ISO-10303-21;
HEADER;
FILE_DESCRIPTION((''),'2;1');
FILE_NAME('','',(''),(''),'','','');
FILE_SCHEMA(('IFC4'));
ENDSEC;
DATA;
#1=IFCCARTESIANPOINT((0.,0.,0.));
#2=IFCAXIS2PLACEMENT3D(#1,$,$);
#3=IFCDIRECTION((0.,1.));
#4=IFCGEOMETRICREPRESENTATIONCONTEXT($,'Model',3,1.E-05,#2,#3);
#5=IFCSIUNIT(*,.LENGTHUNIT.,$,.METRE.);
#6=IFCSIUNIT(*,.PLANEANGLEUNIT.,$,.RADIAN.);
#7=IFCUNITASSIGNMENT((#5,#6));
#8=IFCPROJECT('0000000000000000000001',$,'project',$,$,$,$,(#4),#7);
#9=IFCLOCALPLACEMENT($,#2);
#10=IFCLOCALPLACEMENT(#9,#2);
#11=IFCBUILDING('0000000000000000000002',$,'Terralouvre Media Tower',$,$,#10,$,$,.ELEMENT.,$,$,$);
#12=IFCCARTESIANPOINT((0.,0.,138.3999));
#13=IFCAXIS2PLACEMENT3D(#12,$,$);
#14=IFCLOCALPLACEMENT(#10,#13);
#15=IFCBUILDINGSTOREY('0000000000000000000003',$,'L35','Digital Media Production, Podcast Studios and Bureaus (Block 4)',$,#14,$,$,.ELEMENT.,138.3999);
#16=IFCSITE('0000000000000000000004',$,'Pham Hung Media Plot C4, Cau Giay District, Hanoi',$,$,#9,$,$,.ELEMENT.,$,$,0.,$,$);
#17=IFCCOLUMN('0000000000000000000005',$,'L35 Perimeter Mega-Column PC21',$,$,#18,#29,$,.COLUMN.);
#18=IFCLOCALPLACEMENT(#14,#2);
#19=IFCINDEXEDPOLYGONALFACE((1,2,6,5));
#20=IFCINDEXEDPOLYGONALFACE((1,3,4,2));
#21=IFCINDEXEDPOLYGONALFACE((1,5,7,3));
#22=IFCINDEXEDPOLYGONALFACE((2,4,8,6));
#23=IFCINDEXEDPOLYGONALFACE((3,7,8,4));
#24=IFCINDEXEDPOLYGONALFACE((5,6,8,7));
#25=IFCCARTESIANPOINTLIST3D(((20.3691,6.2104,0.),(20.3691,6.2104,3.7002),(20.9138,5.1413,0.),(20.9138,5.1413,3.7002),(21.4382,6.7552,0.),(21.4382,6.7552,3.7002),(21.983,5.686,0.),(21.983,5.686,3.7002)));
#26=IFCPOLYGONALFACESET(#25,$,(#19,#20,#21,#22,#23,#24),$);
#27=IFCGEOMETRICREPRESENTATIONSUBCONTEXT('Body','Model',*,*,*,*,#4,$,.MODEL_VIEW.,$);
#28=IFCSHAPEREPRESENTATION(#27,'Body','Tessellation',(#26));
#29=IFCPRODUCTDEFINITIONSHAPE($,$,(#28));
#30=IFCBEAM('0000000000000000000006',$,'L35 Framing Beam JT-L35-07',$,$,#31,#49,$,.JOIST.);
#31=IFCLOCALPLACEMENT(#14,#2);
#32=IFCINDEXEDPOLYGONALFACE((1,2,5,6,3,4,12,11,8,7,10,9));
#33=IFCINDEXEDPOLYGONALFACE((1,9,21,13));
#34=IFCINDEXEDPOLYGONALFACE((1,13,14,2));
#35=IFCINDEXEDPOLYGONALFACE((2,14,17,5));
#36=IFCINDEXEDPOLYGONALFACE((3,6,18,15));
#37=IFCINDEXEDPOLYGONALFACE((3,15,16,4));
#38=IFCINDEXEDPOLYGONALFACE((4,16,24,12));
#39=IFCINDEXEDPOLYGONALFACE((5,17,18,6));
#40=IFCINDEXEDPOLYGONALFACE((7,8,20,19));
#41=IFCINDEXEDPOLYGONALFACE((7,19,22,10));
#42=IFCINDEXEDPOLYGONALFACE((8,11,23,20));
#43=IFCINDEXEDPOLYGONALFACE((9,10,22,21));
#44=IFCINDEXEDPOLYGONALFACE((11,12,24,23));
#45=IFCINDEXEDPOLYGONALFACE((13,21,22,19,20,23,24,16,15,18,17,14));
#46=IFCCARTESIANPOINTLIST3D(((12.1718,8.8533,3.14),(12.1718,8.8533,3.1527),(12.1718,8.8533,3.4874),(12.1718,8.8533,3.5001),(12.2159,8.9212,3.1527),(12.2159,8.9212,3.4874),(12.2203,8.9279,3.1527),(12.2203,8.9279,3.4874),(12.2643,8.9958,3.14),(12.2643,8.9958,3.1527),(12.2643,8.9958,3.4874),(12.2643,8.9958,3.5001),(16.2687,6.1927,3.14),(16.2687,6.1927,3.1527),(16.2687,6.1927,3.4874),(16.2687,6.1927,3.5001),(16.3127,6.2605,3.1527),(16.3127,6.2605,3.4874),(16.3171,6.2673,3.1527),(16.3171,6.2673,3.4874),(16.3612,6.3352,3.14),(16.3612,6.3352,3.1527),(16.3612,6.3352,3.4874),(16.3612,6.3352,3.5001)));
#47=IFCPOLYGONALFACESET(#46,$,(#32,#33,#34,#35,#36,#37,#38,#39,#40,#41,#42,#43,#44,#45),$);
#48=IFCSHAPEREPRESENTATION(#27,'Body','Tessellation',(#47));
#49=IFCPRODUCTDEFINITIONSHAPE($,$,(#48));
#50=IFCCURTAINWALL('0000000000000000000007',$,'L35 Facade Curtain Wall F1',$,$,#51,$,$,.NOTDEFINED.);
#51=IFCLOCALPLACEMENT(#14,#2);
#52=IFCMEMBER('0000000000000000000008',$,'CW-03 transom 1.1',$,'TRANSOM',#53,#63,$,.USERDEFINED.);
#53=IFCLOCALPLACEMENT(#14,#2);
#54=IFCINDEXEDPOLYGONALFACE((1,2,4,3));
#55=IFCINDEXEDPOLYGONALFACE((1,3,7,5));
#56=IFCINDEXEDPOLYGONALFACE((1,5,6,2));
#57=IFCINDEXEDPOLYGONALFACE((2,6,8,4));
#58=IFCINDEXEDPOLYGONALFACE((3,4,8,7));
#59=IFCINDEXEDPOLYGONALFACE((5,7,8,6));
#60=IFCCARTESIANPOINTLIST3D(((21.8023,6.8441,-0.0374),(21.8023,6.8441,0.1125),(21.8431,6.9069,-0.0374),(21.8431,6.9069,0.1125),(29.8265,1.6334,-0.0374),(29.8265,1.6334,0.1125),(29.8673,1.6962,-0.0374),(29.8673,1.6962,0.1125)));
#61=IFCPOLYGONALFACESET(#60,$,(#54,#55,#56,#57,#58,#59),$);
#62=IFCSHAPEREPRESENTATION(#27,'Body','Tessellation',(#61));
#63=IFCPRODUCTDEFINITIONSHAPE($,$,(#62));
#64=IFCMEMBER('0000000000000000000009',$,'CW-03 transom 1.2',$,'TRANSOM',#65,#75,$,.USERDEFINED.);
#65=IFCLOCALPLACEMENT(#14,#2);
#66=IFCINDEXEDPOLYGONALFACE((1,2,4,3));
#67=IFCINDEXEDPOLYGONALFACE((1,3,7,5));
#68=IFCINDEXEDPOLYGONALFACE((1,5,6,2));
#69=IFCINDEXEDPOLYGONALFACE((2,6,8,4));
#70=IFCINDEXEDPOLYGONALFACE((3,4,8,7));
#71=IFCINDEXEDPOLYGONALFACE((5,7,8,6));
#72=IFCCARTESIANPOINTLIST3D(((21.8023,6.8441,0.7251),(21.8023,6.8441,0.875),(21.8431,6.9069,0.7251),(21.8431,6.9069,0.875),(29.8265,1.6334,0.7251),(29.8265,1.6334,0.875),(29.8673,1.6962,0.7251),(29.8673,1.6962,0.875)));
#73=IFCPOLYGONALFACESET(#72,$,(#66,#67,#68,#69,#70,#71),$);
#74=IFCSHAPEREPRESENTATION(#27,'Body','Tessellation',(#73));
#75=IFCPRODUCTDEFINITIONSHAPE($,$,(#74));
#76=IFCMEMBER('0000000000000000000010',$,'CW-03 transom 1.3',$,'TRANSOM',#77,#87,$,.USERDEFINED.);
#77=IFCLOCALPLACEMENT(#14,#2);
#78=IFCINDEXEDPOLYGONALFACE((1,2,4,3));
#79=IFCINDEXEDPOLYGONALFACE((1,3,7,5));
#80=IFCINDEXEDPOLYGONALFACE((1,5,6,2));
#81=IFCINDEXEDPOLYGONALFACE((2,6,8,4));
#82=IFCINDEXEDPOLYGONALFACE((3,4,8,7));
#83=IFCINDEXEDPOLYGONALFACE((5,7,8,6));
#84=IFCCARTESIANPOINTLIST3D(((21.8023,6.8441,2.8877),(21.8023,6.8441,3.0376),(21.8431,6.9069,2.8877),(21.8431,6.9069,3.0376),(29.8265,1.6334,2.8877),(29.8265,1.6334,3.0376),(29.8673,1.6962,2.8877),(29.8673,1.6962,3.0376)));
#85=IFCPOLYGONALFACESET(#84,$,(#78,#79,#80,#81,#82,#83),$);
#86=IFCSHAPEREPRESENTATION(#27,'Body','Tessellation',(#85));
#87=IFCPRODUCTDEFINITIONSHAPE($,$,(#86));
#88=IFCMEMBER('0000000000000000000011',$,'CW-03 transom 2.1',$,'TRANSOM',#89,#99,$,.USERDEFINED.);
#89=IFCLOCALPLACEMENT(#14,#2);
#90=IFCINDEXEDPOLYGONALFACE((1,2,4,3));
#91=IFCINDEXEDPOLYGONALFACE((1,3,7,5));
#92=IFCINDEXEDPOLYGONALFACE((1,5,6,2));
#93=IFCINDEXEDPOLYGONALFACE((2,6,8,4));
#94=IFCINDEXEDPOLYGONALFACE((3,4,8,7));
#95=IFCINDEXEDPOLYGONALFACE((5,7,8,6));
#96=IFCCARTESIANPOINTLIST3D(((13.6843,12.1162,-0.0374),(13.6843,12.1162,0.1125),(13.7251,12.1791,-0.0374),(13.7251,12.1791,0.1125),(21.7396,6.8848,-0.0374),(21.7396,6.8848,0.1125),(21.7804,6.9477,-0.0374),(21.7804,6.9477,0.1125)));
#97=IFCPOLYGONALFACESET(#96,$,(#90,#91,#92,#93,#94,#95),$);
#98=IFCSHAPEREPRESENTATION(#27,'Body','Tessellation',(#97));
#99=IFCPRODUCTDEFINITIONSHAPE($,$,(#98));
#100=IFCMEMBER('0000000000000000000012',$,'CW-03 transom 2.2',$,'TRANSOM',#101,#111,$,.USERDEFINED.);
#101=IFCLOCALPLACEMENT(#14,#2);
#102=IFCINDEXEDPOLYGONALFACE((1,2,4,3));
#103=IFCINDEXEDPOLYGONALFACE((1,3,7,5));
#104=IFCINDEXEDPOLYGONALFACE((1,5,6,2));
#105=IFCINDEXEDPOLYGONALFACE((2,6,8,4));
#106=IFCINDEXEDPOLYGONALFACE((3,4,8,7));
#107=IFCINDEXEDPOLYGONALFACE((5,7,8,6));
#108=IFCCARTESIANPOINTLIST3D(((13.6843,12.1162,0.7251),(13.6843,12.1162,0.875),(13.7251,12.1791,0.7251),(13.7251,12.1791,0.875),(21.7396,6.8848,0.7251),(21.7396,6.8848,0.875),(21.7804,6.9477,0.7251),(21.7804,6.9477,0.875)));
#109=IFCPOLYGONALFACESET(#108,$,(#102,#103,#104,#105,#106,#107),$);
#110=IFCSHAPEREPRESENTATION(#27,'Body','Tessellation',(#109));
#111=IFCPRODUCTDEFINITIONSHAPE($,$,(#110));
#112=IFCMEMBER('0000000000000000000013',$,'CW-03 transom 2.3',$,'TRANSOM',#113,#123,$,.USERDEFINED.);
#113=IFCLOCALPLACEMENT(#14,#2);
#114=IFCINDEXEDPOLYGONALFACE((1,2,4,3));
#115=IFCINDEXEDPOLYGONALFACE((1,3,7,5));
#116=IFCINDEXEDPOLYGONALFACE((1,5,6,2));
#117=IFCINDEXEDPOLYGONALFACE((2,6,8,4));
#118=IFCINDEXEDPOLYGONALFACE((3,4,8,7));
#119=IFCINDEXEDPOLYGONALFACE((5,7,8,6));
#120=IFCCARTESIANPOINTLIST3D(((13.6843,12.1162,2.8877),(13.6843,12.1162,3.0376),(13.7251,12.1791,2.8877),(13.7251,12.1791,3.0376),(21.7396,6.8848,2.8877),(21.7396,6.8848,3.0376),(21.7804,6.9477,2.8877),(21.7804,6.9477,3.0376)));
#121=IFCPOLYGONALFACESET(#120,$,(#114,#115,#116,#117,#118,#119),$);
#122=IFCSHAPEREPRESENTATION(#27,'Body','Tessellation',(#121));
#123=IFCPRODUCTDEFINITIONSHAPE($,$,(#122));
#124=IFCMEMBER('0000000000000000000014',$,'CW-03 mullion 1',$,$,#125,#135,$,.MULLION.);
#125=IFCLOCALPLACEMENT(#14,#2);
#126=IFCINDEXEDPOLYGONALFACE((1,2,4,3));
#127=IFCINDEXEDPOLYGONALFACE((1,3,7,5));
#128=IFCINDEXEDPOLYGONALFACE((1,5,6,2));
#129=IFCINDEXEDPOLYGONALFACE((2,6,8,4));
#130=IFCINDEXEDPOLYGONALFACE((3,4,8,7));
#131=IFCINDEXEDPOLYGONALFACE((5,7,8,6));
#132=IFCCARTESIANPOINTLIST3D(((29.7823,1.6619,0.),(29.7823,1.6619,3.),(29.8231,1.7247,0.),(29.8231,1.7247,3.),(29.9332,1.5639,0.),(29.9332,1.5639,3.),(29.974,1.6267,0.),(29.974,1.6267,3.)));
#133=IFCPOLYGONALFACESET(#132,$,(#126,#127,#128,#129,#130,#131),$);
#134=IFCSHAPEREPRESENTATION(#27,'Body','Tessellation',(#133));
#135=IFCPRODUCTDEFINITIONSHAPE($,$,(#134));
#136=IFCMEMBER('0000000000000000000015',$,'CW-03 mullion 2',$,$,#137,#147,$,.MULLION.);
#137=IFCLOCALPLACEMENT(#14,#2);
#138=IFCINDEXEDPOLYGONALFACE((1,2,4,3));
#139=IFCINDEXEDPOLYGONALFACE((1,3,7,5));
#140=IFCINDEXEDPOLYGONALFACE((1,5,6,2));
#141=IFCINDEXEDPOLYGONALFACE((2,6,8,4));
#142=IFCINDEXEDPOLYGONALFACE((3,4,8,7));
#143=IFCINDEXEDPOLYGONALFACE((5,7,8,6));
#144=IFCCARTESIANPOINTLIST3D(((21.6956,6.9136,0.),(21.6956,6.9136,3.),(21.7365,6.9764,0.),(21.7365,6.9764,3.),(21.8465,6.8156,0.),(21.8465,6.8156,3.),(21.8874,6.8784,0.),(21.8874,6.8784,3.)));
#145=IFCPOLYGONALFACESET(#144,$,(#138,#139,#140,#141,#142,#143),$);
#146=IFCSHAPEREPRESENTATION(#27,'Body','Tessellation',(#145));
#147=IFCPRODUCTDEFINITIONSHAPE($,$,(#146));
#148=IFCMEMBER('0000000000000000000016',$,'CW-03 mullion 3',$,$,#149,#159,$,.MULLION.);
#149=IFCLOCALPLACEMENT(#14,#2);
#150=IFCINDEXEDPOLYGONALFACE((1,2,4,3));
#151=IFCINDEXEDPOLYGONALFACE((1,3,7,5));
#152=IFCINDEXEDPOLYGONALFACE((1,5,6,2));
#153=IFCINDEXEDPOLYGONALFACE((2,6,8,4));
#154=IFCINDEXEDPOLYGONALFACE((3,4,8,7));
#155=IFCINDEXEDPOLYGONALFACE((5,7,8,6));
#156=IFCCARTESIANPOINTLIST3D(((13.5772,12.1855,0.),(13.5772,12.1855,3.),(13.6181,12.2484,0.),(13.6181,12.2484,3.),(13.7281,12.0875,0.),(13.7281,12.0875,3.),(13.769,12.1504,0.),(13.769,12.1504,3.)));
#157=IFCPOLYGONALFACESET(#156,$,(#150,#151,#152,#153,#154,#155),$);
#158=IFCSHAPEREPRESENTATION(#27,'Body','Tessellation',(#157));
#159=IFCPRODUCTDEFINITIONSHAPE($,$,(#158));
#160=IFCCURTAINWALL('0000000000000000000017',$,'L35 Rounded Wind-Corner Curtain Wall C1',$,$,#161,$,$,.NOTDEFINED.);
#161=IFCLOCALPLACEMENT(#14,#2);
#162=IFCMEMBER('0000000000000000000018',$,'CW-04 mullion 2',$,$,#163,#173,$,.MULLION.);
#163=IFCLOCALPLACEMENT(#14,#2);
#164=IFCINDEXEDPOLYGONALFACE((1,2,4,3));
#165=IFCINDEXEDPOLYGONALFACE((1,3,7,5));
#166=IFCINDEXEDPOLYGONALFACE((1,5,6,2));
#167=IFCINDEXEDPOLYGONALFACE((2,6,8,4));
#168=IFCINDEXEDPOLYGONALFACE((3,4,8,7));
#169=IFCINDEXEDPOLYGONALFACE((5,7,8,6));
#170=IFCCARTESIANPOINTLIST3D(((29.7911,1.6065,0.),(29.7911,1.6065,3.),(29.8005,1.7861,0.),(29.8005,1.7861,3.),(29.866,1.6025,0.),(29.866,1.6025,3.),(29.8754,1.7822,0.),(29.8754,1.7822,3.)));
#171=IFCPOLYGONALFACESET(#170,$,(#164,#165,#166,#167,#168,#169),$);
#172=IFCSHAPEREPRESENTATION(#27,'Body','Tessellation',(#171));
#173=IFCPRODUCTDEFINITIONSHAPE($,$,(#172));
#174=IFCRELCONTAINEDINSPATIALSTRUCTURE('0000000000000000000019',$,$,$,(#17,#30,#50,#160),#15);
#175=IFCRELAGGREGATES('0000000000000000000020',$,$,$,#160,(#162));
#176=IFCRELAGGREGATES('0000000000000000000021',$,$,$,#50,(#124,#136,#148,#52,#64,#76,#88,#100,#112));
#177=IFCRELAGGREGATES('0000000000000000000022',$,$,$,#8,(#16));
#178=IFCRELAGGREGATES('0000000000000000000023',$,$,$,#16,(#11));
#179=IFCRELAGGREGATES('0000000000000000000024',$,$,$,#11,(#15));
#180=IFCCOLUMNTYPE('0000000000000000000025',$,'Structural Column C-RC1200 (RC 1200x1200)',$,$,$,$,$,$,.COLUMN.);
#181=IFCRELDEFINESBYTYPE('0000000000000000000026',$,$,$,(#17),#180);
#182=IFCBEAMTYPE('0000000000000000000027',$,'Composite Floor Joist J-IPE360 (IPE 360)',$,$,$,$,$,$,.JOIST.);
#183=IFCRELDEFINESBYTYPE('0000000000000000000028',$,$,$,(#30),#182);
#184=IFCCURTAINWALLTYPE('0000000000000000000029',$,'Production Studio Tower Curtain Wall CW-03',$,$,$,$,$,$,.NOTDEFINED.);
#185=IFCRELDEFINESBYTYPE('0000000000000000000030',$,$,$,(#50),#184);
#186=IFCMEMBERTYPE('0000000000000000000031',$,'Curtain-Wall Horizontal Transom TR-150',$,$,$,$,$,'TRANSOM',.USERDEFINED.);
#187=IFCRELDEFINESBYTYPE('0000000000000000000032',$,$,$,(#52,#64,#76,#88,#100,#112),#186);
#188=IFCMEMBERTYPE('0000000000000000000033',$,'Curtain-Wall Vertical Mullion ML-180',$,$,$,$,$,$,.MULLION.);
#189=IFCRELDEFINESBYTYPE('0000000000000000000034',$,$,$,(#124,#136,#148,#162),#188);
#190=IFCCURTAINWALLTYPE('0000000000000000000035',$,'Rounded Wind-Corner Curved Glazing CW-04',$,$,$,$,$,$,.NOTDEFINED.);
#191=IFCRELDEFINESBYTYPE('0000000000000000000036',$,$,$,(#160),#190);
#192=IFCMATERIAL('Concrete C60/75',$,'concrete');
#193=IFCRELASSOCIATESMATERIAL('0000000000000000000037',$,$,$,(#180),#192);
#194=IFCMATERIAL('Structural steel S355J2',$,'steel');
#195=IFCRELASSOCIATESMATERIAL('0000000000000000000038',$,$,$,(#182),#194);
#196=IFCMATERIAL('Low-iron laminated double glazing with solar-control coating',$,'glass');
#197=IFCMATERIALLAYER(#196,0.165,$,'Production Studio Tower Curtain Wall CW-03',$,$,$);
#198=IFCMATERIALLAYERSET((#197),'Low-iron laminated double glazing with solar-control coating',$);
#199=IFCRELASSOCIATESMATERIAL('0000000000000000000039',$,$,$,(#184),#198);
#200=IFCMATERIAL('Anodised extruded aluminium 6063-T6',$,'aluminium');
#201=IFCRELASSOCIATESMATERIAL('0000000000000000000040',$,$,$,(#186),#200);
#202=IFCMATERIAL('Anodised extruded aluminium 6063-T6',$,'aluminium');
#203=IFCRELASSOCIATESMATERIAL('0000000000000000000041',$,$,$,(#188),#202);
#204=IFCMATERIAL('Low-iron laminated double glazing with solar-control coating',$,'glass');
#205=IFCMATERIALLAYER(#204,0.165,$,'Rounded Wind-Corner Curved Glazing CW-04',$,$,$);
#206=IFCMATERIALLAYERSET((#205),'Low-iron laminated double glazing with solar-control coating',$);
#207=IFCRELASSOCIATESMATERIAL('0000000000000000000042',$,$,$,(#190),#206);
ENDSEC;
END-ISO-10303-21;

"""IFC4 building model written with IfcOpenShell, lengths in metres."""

from ifc_helpers import new_model, si_unit, direction, frame, origin, origin_2d, place, context, subcontext, project, spatial, rectangle, i_section, extrude, material, layer, layer_set, material_profile, profile_set, type_object, element, aggregate, save


model = new_model("IFC4")

# Units and contexts
model_context = context("Model", 3, precision=1e-05, world=origin(), true_north=direction((0.0, 1.0)))
body_context = subcontext(model_context, "Body", "Model", "MODEL_VIEW")
ifc_project = project(units=[si_unit("LENGTHUNIT", "METRE"), si_unit("PLANEANGLEUNIT", "RADIAN")], contexts=[model_context])

# Site, building, storey
site_placement = place(None, origin())
site = spatial("IfcSite", under=ifc_project, at=site_placement, Name="Pham Hung Media Plot C4, Cau Giay District, Hanoi", CompositionType="ELEMENT", RefElevation=0.0)
building_placement = place(site_placement, origin())
building = spatial("IfcBuilding", under=site, at=building_placement, Name="Terralouvre Media Tower", CompositionType="ELEMENT")
storey_placement = place(building_placement, frame((0.0, 0.0, 138.3999)))
storey = spatial("IfcBuildingStorey", under=building, at=storey_placement, Name="L35", Description="Digital Media Production, Podcast Studios and Bureaus (Block 4)", CompositionType="ELEMENT", Elevation=138.3999)

# Column
ifc_material_1 = material(Name="Concrete C60/75", Category="concrete")
ifc_material_profile_1 = material_profile(ifc_material_1, rectangle(XDim=1.2, YDim=1.2, at=origin_2d()), Name="RC 1200x1200")
ifc_profile_set_1 = profile_set([ifc_material_profile_1], Name="Concrete C60/75")
column_type = type_object("IfcColumnType", Name="Structural Column C-RC1200 (RC 1200x1200)", PredefinedType="COLUMN", material=ifc_profile_set_1)
column_placement = place(storey_placement, frame((21.176, 5.9482, 0.0), z_axis=(0.0, 0.0, 1.0), x_axis=(0.891007, 0.45399, 0.0)))
element("IfcColumn", 1, at=column_placement, inside=storey, type_object=column_type, Name="L35 Perimeter Mega-Column PC21", PredefinedType="COLUMN", context=body_context, shape_type="SweptSolid", body=[
    extrude(rectangle(XDim=1.2, YDim=1.2, at=origin_2d()), origin(), (0.0, 0.0, 1.0), 3.7002),
])

# Beam
ifc_material_2 = material(Name="Structural steel S355J2", Category="steel")
ifc_material_profile_2 = material_profile(ifc_material_2, i_section(OverallWidth=0.1699, OverallDepth=0.3601, WebThickness=0.0081, FlangeThickness=0.0127, at=origin_2d()), Name="IPE 360")
ifc_profile_set_2 = profile_set([ifc_material_profile_2], Name="Structural steel S355J2")
beam_type_1 = type_object("IfcBeamType", Name="Composite Floor Joist J-IPE360 (IPE 360)", PredefinedType="JOIST", material=ifc_profile_set_2)
beam_1_placement = place(storey_placement, frame((16.3149, 6.2639, 3.3201), z_axis=(-0.838664, 0.544649, 0.0), x_axis=(-0.544649, -0.838664, 0.0)))
element("IfcBeam", 2, at=beam_1_placement, inside=storey, type_object=beam_type_1, Name="L35 Framing Beam JT-L35-07", PredefinedType="JOIST", context=body_context, shape_type="SweptSolid", body=[
    extrude(i_section(OverallWidth=0.1699, OverallDepth=0.3601, WebThickness=0.0081, FlangeThickness=0.0127, at=origin_2d()), origin(), (0.0, 0.0, 1.0), 4.885),
])

# Curtain wall, members
ifc_material_3 = material(Name="Low-iron laminated double glazing with solar-control coating", Category="glass")
ifc_layer_1 = layer(ifc_material_3, 0.165, Name="Production Studio Tower Curtain Wall CW-03")
ifc_layer_set_1 = layer_set([ifc_layer_1], Name="Low-iron laminated double glazing with solar-control coating")
curtain_wall_type_1 = type_object("IfcCurtainWallType", Name="Production Studio Tower Curtain Wall CW-03", PredefinedType="NOTDEFINED", material=ifc_layer_set_1)
curtain_wall_1_placement = place(storey_placement, origin())
curtain_wall_1 = element("IfcCurtainWall", 3, at=curtain_wall_1_placement, inside=storey, type_object=curtain_wall_type_1, Name="L35 Facade Curtain Wall F1", PredefinedType="NOTDEFINED")
ifc_material_4 = material(Name="Anodised extruded aluminium 6063-T6", Category="aluminium")
ifc_material_profile_3 = material_profile(ifc_material_4, rectangle(XDim=0.075, YDim=0.1499, at=origin_2d()), Name="ALU 75x150")
ifc_profile_set_3 = profile_set([ifc_material_profile_3], Name="Anodised extruded aluminium 6063-T6")
member_type_1 = type_object("IfcMemberType", Name="Curtain-Wall Horizontal Transom TR-150", ElementType="TRANSOM", PredefinedType="USERDEFINED", material=ifc_profile_set_3)
member_1_placement = place(storey_placement, frame((29.8469, 1.6648, 0.0376), z_axis=(-0.838683, 0.54462, 0.0), x_axis=(-0.54462, -0.838683, 0.0)))
member_1 = element("IfcMember", 4, at=member_1_placement, type_object=member_type_1, Name="CW-03 transom 1.1", ObjectType="TRANSOM", PredefinedType="USERDEFINED", context=body_context, shape_type="SweptSolid", body=[
    extrude(rectangle(XDim=0.075, YDim=0.1499, at=origin_2d()), origin(), (0.0, 0.0, 1.0), 9.5676),
])
member_2_placement = place(storey_placement, frame((29.8469, 1.6648, 0.8), z_axis=(-0.838683, 0.54462, 0.0), x_axis=(-0.54462, -0.838683, 0.0)))
member_2 = element("IfcMember", 5, at=member_2_placement, type_object=member_type_1, Name="CW-03 transom 1.2", ObjectType="TRANSOM", PredefinedType="USERDEFINED", context=body_context, shape_type="SweptSolid", body=[
    extrude(rectangle(XDim=0.075, YDim=0.1499, at=origin_2d()), origin(), (0.0, 0.0, 1.0), 9.5676),
])
member_3_placement = place(storey_placement, frame((29.8469, 1.6648, 2.9626), z_axis=(-0.838683, 0.54462, 0.0), x_axis=(-0.54462, -0.838683, 0.0)))
member_3 = element("IfcMember", 6, at=member_3_placement, type_object=member_type_1, Name="CW-03 transom 1.3", ObjectType="TRANSOM", PredefinedType="USERDEFINED", context=body_context, shape_type="SweptSolid", body=[
    extrude(rectangle(XDim=0.075, YDim=0.1499, at=origin_2d()), origin(), (0.0, 0.0, 1.0), 9.5676),
])
member_4_placement = place(storey_placement, frame((21.76, 6.9163, 0.0376), z_axis=(-0.838661, 0.544653, 0.0), x_axis=(-0.544653, -0.838661, 0.0)))
member_4 = element("IfcMember", 7, at=member_4_placement, type_object=member_type_1, Name="CW-03 transom 2.1", ObjectType="TRANSOM", PredefinedType="USERDEFINED", context=body_context, shape_type="SweptSolid", body=[
    extrude(rectangle(XDim=0.075, YDim=0.1499, at=origin_2d()), origin(), (0.0, 0.0, 1.0), 9.605),
])
member_5_placement = place(storey_placement, frame((21.76, 6.9163, 0.8), z_axis=(-0.838661, 0.544653, 0.0), x_axis=(-0.544653, -0.838661, 0.0)))
member_5 = element("IfcMember", 8, at=member_5_placement, type_object=member_type_1, Name="CW-03 transom 2.2", ObjectType="TRANSOM", PredefinedType="USERDEFINED", context=body_context, shape_type="SweptSolid", body=[
    extrude(rectangle(XDim=0.075, YDim=0.1499, at=origin_2d()), origin(), (0.0, 0.0, 1.0), 9.605),
])
member_6_placement = place(storey_placement, frame((21.76, 6.9163, 2.9626), z_axis=(-0.838661, 0.544653, 0.0), x_axis=(-0.544653, -0.838661, 0.0)))
member_6 = element("IfcMember", 9, at=member_6_placement, type_object=member_type_1, Name="CW-03 transom 2.3", ObjectType="TRANSOM", PredefinedType="USERDEFINED", context=body_context, shape_type="SweptSolid", body=[
    extrude(rectangle(XDim=0.075, YDim=0.1499, at=origin_2d()), origin(), (0.0, 0.0, 1.0), 9.605),
])
ifc_material_5 = material(Name="Anodised extruded aluminium 6063-T6", Category="aluminium")
ifc_material_profile_4 = material_profile(ifc_material_5, rectangle(XDim=0.075, YDim=0.1799, at=origin_2d()), Name="ALU 75x180")
ifc_profile_set_4 = profile_set([ifc_material_profile_4], Name="Anodised extruded aluminium 6063-T6")
member_type_2 = type_object("IfcMemberType", Name="Curtain-Wall Vertical Mullion ML-180", PredefinedType="MULLION", material=ifc_profile_set_4)
member_7_placement = place(storey_placement, frame((29.8782, 1.6443, 0.0), z_axis=(0.0, 0.0, 1.0), x_axis=(-0.544639, -0.838671, 0.0)))
member_7 = element("IfcMember", 10, at=member_7_placement, type_object=member_type_2, Name="CW-03 mullion 1", PredefinedType="MULLION", context=body_context, shape_type="SweptSolid", body=[
    extrude(rectangle(XDim=0.075, YDim=0.1799, at=origin_2d()), origin(), (0.0, 0.0, 1.0), 3.0),
])
member_8_placement = place(storey_placement, frame((21.7915, 6.896, 0.0), z_axis=(0.0, 0.0, 1.0), x_axis=(-0.544639, -0.838671, 0.0)))
member_8 = element("IfcMember", 11, at=member_8_placement, type_object=member_type_2, Name="CW-03 mullion 2", PredefinedType="MULLION", context=body_context, shape_type="SweptSolid", body=[
    extrude(rectangle(XDim=0.075, YDim=0.1799, at=origin_2d()), origin(), (0.0, 0.0, 1.0), 3.0),
])
member_9_placement = place(storey_placement, frame((13.6731, 12.168, 0.0), z_axis=(0.0, 0.0, 1.0), x_axis=(-0.544639, -0.838671, 0.0)))
member_9 = element("IfcMember", 12, at=member_9_placement, type_object=member_type_2, Name="CW-03 mullion 3", PredefinedType="MULLION", context=body_context, shape_type="SweptSolid", body=[
    extrude(rectangle(XDim=0.075, YDim=0.1799, at=origin_2d()), origin(), (0.0, 0.0, 1.0), 3.0),
])

# Curtain wall, member
ifc_material_6 = material(Name="Low-iron laminated double glazing with solar-control coating", Category="glass")
ifc_layer_2 = layer(ifc_material_6, 0.165, Name="Rounded Wind-Corner Curved Glazing CW-04")
ifc_layer_set_2 = layer_set([ifc_layer_2], Name="Low-iron laminated double glazing with solar-control coating")
curtain_wall_type_2 = type_object("IfcCurtainWallType", Name="Rounded Wind-Corner Curved Glazing CW-04", PredefinedType="NOTDEFINED", material=ifc_layer_set_2)
curtain_wall_2_placement = place(storey_placement, origin())
curtain_wall_2 = element("IfcCurtainWall", 13, at=curtain_wall_2_placement, inside=storey, type_object=curtain_wall_type_2, Name="L35 Rounded Wind-Corner Curtain Wall C1", PredefinedType="NOTDEFINED")
member_10_placement = place(storey_placement, frame((29.8333, 1.6943, 0.0), z_axis=(0.0, 0.0, 1.0), x_axis=(-0.998629, 0.052337, 0.0)))
member_10 = element("IfcMember", 14, at=member_10_placement, type_object=member_type_2, Name="CW-04 mullion 2", PredefinedType="MULLION", context=body_context, shape_type="SweptSolid", body=[
    extrude(rectangle(XDim=0.075, YDim=0.1799, at=origin_2d()), origin(), (0.0, 0.0, 1.0), 3.0),
])
aggregate(curtain_wall_2, [member_10])

aggregate(curtain_wall_1, [member_7, member_8, member_9, member_1, member_2, member_3, member_4, member_5, member_6])

save(model, "model.ifc")
